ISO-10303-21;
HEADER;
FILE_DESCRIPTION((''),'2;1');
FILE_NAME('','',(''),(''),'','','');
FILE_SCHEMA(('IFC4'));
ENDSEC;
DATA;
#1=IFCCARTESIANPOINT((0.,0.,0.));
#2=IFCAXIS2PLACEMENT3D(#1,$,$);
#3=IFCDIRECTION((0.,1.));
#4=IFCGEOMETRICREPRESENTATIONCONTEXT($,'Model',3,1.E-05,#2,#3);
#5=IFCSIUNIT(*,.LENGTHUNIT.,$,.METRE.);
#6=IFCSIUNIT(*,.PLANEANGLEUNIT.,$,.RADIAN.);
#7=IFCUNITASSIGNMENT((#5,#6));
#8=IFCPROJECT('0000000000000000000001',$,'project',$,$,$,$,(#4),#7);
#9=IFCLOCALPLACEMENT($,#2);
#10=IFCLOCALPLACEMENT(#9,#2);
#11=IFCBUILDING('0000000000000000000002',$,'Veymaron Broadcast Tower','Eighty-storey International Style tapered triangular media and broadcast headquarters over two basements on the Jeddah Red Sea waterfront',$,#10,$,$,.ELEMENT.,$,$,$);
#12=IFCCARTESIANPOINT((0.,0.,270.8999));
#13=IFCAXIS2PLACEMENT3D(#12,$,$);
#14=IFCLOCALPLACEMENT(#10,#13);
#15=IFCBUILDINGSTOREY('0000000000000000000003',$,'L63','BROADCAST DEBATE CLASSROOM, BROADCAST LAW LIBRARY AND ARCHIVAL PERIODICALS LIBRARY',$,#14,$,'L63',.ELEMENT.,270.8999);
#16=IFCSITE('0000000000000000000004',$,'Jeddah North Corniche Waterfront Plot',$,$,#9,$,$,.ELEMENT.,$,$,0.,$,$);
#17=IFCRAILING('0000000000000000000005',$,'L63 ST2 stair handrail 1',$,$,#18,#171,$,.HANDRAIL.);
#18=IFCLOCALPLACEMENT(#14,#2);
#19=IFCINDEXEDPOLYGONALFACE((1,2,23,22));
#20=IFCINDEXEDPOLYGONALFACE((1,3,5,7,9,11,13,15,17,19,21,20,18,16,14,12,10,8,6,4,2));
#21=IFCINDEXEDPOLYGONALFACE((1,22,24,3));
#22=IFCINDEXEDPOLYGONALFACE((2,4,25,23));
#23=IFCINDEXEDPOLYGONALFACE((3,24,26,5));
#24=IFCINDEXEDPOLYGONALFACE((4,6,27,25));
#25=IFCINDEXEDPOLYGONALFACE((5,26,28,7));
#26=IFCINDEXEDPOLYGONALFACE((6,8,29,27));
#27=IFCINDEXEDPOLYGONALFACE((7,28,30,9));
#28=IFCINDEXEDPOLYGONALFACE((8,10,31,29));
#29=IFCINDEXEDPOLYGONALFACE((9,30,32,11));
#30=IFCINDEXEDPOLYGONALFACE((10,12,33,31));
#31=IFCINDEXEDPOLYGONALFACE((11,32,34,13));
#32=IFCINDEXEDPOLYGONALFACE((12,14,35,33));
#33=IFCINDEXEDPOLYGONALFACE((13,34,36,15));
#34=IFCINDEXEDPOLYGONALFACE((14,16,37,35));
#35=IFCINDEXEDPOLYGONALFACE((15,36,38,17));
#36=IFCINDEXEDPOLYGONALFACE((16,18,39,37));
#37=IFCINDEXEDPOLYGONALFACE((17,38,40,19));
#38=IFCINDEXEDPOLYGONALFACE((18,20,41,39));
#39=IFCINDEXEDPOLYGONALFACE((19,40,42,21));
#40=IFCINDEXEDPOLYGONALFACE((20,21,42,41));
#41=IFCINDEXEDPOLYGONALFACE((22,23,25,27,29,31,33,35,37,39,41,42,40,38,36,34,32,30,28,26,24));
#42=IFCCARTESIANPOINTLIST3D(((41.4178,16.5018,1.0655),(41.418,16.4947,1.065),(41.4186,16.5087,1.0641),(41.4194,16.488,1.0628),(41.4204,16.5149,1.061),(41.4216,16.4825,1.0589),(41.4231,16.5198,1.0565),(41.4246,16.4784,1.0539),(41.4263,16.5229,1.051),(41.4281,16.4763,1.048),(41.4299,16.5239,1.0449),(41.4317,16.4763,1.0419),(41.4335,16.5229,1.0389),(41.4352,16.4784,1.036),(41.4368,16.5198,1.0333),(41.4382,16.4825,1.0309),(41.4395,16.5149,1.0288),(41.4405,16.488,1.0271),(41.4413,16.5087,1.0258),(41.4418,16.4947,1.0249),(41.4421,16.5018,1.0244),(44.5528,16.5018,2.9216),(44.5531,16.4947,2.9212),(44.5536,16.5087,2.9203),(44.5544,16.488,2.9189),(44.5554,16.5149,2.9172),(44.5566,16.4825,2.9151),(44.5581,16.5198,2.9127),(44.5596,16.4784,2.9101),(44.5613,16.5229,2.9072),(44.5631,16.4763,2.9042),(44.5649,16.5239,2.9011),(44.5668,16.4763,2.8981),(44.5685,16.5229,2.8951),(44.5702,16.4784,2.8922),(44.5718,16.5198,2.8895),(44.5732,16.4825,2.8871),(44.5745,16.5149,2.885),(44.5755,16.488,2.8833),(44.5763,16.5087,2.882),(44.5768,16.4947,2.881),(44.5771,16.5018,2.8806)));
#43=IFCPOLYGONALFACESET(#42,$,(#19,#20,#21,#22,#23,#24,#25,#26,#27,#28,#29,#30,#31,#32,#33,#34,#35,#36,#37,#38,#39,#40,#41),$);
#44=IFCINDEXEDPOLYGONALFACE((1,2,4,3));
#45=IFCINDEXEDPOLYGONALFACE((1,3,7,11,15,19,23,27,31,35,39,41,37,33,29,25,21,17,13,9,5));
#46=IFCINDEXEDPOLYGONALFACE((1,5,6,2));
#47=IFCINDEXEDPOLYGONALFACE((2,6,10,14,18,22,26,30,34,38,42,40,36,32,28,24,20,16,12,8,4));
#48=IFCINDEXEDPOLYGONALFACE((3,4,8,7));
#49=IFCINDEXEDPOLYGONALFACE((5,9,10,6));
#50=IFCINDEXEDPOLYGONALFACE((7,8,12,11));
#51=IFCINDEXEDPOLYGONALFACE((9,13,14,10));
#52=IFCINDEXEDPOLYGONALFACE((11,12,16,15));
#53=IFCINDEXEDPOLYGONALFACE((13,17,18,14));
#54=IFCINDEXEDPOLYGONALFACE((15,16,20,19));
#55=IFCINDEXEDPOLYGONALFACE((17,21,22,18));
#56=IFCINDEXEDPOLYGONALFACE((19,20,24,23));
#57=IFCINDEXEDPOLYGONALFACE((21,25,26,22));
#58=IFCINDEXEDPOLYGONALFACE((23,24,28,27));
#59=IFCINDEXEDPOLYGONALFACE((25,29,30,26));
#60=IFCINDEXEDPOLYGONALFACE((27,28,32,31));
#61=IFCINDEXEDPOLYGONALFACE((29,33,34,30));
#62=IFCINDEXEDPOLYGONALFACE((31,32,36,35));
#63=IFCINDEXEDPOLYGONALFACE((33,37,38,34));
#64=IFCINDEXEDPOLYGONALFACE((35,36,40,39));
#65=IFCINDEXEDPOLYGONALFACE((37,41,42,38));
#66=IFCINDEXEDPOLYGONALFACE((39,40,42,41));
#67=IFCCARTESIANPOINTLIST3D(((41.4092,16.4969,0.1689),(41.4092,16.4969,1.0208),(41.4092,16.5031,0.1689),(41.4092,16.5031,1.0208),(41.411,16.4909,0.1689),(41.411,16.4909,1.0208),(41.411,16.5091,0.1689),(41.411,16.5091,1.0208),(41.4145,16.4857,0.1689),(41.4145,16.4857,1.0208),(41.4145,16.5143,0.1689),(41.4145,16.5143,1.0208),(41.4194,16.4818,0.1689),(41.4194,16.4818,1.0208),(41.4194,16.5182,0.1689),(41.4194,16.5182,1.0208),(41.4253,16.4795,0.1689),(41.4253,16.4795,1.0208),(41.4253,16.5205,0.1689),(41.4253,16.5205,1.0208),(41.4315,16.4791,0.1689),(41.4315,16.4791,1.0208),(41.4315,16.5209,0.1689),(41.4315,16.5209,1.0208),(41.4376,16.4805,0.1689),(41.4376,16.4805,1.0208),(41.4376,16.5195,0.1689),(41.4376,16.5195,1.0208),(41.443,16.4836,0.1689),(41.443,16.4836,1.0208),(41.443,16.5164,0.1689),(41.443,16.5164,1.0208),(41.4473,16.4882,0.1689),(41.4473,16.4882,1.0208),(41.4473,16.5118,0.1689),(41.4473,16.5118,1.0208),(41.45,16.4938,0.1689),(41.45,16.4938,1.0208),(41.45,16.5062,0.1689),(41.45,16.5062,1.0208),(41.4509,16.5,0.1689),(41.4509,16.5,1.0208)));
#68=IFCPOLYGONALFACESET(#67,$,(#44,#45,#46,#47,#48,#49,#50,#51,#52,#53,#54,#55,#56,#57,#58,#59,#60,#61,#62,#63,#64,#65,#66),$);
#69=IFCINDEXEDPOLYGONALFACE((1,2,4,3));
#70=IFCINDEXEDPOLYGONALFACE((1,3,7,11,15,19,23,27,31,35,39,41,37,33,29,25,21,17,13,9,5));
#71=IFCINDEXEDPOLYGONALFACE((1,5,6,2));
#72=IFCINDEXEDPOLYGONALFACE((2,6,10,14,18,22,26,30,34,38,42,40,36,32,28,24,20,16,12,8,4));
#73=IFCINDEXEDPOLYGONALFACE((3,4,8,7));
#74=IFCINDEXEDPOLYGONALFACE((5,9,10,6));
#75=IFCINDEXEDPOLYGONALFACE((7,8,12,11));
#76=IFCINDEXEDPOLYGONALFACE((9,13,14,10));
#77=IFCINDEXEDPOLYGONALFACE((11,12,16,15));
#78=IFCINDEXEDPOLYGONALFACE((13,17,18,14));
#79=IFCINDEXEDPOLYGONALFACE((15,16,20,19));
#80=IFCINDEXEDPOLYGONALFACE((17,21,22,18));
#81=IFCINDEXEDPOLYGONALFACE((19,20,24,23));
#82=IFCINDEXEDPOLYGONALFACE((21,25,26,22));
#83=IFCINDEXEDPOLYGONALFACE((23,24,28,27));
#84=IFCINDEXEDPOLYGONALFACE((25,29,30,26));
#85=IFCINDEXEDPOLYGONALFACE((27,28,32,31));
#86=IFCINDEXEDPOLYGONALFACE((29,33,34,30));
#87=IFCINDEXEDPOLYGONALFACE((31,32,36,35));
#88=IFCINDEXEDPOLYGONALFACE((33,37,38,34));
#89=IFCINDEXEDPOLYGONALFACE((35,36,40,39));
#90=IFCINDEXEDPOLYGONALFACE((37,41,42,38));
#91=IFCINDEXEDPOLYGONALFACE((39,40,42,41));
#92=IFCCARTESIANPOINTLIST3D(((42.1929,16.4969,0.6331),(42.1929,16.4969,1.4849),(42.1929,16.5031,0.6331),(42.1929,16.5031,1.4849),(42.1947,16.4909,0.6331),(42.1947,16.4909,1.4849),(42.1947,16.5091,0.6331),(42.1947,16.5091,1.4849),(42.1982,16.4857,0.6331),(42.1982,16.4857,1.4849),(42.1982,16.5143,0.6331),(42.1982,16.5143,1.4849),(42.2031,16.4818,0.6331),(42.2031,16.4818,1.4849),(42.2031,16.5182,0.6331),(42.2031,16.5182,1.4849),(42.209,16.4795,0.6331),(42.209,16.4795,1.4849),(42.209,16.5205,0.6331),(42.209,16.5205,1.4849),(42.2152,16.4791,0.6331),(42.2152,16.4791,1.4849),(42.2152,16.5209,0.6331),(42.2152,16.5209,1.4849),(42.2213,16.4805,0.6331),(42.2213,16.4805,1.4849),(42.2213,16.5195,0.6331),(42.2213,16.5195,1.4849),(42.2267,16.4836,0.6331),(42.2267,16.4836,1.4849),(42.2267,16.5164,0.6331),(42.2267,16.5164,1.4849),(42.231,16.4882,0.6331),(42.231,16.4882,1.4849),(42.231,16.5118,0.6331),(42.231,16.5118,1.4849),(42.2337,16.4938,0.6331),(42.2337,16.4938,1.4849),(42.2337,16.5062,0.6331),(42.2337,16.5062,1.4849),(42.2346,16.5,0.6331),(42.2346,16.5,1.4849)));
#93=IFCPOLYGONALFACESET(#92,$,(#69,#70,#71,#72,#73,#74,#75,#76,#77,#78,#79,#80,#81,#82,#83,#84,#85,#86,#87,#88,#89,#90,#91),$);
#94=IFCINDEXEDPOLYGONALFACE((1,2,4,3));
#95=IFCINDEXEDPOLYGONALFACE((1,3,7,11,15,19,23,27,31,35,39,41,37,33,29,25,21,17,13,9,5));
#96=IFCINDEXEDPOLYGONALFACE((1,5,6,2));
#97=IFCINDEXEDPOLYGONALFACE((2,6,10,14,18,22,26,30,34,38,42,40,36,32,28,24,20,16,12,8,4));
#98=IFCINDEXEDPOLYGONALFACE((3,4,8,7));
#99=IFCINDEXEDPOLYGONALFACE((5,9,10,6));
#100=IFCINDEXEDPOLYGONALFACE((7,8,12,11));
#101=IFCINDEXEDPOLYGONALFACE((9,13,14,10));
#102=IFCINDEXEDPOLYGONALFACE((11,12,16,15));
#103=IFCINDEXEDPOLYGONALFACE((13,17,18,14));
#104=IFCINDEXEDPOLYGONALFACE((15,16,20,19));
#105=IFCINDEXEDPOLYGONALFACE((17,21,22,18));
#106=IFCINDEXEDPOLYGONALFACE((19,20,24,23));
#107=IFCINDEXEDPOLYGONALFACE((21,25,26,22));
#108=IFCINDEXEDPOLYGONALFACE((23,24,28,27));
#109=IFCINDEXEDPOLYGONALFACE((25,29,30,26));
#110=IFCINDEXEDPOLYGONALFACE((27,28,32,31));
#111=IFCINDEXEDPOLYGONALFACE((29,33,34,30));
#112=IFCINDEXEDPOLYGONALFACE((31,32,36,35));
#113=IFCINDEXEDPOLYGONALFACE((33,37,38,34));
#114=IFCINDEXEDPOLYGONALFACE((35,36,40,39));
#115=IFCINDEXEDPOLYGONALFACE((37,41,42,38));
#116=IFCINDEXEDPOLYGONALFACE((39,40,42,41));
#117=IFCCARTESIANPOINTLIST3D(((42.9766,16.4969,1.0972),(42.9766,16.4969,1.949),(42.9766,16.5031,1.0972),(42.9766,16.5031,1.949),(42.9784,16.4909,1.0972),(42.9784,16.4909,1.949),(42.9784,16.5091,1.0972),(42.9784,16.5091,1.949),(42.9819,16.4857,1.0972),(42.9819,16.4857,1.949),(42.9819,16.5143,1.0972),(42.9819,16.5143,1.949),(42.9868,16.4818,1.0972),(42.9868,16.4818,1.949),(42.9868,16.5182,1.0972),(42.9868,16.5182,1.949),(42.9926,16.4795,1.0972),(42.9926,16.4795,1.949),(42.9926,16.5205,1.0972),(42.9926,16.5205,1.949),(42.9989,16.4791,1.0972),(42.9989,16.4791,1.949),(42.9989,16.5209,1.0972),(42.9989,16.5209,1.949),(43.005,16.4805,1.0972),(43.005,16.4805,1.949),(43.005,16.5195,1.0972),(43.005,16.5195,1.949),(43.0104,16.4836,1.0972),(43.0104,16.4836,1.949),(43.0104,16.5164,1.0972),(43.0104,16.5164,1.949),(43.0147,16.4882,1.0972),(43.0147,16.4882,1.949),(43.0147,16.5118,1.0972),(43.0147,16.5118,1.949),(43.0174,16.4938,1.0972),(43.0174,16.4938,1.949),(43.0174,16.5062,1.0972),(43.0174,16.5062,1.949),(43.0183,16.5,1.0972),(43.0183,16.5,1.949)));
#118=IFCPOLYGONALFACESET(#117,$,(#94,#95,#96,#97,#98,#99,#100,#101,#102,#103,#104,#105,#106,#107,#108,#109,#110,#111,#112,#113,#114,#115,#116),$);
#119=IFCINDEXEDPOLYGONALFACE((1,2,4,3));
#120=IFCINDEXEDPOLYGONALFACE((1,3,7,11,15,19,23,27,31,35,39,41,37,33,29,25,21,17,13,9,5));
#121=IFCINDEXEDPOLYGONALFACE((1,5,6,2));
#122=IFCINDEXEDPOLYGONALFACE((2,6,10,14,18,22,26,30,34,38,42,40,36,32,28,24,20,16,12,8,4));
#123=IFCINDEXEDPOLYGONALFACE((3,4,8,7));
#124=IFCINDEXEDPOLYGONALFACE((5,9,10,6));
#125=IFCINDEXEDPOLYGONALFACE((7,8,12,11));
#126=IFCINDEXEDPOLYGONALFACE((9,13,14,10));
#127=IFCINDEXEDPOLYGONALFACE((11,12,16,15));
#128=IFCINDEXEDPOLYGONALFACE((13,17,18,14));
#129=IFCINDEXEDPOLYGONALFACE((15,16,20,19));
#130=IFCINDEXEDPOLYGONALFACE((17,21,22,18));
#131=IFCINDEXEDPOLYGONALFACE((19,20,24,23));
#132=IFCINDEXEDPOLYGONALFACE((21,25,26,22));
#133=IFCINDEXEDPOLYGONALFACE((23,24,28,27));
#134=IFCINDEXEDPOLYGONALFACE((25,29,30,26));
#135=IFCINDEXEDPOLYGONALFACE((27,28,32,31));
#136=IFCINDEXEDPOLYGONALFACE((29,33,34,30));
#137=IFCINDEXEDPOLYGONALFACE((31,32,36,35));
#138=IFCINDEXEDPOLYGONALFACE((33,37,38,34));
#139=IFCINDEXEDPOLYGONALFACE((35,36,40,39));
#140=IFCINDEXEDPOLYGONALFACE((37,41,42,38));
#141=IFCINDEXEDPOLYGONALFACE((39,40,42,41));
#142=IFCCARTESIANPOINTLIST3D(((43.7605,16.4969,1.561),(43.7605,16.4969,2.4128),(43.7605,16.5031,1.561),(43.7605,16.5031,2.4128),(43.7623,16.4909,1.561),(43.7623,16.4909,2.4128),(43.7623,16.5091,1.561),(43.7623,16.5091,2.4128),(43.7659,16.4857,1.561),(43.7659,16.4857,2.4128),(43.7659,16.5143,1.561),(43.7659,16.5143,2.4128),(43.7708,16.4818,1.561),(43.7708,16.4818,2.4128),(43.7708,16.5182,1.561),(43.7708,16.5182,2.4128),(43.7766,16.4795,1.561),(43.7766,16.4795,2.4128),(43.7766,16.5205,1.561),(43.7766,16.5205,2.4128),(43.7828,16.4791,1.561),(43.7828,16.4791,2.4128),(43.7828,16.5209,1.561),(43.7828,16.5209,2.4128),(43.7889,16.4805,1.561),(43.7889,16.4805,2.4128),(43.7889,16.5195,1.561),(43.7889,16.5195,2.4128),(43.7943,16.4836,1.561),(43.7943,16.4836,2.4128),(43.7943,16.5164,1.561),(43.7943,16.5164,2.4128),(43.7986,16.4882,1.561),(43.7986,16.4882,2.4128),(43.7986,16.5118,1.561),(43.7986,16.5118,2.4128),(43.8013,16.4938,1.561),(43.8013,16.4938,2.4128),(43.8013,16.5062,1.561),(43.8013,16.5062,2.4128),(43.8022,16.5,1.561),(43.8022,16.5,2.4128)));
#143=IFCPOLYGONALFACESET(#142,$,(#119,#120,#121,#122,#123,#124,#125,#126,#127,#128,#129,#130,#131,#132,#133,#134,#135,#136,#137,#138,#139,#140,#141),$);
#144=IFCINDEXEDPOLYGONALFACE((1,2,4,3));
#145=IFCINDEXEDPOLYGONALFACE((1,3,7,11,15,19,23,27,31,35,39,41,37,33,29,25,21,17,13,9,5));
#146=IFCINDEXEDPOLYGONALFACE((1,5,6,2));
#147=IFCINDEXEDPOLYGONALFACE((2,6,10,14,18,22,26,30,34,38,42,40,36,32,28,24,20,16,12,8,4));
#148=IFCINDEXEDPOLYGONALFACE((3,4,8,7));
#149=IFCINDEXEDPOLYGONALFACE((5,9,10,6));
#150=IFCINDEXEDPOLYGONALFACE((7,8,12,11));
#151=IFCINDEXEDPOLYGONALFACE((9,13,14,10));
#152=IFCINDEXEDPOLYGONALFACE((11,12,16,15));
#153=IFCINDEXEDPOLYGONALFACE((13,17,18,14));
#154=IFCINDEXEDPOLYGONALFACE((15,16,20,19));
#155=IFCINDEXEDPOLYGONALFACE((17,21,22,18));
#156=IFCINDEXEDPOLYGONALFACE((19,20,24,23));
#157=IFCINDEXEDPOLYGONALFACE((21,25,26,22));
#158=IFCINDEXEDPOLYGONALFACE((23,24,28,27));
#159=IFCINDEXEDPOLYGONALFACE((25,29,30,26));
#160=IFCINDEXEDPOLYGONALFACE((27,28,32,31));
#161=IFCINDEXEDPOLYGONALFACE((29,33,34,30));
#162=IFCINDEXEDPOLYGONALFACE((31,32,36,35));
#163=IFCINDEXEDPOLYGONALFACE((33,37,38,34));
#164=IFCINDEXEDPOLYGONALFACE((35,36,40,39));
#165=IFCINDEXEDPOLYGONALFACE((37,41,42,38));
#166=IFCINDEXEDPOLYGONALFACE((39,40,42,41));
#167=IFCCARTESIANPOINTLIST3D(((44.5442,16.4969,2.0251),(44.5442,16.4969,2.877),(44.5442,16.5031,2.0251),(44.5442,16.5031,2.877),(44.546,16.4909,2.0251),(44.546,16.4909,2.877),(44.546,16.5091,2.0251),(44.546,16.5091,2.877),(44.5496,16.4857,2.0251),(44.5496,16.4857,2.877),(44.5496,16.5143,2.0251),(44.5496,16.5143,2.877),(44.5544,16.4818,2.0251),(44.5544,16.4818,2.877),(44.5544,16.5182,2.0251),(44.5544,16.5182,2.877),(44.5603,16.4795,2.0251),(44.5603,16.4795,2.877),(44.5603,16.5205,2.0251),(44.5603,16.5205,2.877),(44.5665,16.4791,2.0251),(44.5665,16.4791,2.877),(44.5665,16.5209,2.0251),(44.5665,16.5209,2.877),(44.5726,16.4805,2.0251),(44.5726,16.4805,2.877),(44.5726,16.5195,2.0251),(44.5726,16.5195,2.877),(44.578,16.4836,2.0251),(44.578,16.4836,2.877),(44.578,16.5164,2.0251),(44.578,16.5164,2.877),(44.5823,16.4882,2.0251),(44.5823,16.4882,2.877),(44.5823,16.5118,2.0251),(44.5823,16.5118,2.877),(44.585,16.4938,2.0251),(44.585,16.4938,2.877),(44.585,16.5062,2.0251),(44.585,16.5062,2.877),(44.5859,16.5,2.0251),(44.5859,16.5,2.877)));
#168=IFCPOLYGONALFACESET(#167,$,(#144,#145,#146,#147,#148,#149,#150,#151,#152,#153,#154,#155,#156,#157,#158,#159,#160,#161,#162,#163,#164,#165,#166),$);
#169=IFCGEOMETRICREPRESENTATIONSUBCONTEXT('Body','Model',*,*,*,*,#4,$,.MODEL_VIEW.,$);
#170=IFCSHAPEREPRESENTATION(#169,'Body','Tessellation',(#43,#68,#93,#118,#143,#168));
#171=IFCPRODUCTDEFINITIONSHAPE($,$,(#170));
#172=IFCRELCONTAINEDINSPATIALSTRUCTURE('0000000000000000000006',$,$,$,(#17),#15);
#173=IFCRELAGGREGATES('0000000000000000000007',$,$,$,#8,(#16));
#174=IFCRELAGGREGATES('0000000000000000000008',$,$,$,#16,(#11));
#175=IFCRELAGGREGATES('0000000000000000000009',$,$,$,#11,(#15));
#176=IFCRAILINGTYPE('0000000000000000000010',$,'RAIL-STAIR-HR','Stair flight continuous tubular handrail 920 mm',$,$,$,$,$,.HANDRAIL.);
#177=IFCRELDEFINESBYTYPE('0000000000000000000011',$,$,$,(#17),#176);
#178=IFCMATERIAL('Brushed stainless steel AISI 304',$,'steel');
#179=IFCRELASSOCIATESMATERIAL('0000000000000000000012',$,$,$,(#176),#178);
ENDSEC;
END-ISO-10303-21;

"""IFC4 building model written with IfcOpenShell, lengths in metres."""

from ifc_helpers import new_model, si_unit, direction, frame, origin, origin_2d, place, context, subcontext, project, spatial, circle, extrude, material, type_object, element, save


model = new_model("IFC4")

# Units and contexts
model_context = context("Model", 3, precision=1e-05, world=origin(), true_north=direction((0.0, 1.0)))
body_context = subcontext(model_context, "Body", "Model", "MODEL_VIEW")
ifc_project = project(units=[si_unit("LENGTHUNIT", "METRE"), si_unit("PLANEANGLEUNIT", "RADIAN")], contexts=[model_context])

# Site, building, storey
site_placement = place(None, origin())
site = spatial("IfcSite", under=ifc_project, at=site_placement, Name="Jeddah North Corniche Waterfront Plot", CompositionType="ELEMENT", RefElevation=0.0)
building_placement = place(site_placement, origin())
building = spatial("IfcBuilding", under=site, at=building_placement, Name="Veymaron Broadcast Tower", Description="Eighty-storey International Style tapered triangular media and broadcast headquarters over two basements on the Jeddah Red Sea waterfront", CompositionType="ELEMENT")
storey_placement = place(building_placement, frame((0.0, 0.0, 270.8999)))
storey = spatial("IfcBuildingStorey", under=building, at=storey_placement, Name="L63", Description="BROADCAST DEBATE CLASSROOM, BROADCAST LAW LIBRARY AND ARCHIVAL PERIODICALS LIBRARY", LongName="L63", CompositionType="ELEMENT", Elevation=270.8999)

# Railing
ifc_material_1 = material(Name="Brushed stainless steel AISI 304", Category="steel")
railing_type_1 = type_object("IfcRailingType", Name="RAIL-STAIR-HR", Description="Stair flight continuous tubular handrail 920 mm", PredefinedType="HANDRAIL", material=ifc_material_1)
railing_1_placement = place(storey_placement, frame((41.4299, 16.5, 0.1689)))
element("IfcRailing", 1, at=railing_1_placement, inside=storey, type_object=railing_type_1, Name="L63 ST2 stair handrail 1", PredefinedType="HANDRAIL", context=body_context, shape_type="SweptSolid", body=[
    extrude(circle(Radius=0.0239, at=origin_2d()), frame((0.0, 0.0, 0.876), z_axis=(0.860482, 0.0, 0.509481), x_axis=(0.0, 1.0, 0.0)), (0.0, 0.0, 1.0), 3.6433),
    extrude(circle(Radius=0.021, at=origin_2d()), origin(), (0.0, 0.0, 1.0), 0.8518),
    extrude(circle(Radius=0.021, at=origin_2d()), frame((0.7837, 0.0, 0.4641)), (0.0, 0.0, 1.0), 0.8518),
    extrude(circle(Radius=0.021, at=origin_2d()), frame((1.5674, 0.0, 0.9282)), (0.0, 0.0, 1.0), 0.8518),
    extrude(circle(Radius=0.021, at=origin_2d()), frame((2.3513, 0.0, 1.3921)), (0.0, 0.0, 1.0), 0.8518),
    extrude(circle(Radius=0.021, at=origin_2d()), frame((3.135, 0.0, 1.8562)), (0.0, 0.0, 1.0), 0.8518),
])

save(model, "model.ifc")
